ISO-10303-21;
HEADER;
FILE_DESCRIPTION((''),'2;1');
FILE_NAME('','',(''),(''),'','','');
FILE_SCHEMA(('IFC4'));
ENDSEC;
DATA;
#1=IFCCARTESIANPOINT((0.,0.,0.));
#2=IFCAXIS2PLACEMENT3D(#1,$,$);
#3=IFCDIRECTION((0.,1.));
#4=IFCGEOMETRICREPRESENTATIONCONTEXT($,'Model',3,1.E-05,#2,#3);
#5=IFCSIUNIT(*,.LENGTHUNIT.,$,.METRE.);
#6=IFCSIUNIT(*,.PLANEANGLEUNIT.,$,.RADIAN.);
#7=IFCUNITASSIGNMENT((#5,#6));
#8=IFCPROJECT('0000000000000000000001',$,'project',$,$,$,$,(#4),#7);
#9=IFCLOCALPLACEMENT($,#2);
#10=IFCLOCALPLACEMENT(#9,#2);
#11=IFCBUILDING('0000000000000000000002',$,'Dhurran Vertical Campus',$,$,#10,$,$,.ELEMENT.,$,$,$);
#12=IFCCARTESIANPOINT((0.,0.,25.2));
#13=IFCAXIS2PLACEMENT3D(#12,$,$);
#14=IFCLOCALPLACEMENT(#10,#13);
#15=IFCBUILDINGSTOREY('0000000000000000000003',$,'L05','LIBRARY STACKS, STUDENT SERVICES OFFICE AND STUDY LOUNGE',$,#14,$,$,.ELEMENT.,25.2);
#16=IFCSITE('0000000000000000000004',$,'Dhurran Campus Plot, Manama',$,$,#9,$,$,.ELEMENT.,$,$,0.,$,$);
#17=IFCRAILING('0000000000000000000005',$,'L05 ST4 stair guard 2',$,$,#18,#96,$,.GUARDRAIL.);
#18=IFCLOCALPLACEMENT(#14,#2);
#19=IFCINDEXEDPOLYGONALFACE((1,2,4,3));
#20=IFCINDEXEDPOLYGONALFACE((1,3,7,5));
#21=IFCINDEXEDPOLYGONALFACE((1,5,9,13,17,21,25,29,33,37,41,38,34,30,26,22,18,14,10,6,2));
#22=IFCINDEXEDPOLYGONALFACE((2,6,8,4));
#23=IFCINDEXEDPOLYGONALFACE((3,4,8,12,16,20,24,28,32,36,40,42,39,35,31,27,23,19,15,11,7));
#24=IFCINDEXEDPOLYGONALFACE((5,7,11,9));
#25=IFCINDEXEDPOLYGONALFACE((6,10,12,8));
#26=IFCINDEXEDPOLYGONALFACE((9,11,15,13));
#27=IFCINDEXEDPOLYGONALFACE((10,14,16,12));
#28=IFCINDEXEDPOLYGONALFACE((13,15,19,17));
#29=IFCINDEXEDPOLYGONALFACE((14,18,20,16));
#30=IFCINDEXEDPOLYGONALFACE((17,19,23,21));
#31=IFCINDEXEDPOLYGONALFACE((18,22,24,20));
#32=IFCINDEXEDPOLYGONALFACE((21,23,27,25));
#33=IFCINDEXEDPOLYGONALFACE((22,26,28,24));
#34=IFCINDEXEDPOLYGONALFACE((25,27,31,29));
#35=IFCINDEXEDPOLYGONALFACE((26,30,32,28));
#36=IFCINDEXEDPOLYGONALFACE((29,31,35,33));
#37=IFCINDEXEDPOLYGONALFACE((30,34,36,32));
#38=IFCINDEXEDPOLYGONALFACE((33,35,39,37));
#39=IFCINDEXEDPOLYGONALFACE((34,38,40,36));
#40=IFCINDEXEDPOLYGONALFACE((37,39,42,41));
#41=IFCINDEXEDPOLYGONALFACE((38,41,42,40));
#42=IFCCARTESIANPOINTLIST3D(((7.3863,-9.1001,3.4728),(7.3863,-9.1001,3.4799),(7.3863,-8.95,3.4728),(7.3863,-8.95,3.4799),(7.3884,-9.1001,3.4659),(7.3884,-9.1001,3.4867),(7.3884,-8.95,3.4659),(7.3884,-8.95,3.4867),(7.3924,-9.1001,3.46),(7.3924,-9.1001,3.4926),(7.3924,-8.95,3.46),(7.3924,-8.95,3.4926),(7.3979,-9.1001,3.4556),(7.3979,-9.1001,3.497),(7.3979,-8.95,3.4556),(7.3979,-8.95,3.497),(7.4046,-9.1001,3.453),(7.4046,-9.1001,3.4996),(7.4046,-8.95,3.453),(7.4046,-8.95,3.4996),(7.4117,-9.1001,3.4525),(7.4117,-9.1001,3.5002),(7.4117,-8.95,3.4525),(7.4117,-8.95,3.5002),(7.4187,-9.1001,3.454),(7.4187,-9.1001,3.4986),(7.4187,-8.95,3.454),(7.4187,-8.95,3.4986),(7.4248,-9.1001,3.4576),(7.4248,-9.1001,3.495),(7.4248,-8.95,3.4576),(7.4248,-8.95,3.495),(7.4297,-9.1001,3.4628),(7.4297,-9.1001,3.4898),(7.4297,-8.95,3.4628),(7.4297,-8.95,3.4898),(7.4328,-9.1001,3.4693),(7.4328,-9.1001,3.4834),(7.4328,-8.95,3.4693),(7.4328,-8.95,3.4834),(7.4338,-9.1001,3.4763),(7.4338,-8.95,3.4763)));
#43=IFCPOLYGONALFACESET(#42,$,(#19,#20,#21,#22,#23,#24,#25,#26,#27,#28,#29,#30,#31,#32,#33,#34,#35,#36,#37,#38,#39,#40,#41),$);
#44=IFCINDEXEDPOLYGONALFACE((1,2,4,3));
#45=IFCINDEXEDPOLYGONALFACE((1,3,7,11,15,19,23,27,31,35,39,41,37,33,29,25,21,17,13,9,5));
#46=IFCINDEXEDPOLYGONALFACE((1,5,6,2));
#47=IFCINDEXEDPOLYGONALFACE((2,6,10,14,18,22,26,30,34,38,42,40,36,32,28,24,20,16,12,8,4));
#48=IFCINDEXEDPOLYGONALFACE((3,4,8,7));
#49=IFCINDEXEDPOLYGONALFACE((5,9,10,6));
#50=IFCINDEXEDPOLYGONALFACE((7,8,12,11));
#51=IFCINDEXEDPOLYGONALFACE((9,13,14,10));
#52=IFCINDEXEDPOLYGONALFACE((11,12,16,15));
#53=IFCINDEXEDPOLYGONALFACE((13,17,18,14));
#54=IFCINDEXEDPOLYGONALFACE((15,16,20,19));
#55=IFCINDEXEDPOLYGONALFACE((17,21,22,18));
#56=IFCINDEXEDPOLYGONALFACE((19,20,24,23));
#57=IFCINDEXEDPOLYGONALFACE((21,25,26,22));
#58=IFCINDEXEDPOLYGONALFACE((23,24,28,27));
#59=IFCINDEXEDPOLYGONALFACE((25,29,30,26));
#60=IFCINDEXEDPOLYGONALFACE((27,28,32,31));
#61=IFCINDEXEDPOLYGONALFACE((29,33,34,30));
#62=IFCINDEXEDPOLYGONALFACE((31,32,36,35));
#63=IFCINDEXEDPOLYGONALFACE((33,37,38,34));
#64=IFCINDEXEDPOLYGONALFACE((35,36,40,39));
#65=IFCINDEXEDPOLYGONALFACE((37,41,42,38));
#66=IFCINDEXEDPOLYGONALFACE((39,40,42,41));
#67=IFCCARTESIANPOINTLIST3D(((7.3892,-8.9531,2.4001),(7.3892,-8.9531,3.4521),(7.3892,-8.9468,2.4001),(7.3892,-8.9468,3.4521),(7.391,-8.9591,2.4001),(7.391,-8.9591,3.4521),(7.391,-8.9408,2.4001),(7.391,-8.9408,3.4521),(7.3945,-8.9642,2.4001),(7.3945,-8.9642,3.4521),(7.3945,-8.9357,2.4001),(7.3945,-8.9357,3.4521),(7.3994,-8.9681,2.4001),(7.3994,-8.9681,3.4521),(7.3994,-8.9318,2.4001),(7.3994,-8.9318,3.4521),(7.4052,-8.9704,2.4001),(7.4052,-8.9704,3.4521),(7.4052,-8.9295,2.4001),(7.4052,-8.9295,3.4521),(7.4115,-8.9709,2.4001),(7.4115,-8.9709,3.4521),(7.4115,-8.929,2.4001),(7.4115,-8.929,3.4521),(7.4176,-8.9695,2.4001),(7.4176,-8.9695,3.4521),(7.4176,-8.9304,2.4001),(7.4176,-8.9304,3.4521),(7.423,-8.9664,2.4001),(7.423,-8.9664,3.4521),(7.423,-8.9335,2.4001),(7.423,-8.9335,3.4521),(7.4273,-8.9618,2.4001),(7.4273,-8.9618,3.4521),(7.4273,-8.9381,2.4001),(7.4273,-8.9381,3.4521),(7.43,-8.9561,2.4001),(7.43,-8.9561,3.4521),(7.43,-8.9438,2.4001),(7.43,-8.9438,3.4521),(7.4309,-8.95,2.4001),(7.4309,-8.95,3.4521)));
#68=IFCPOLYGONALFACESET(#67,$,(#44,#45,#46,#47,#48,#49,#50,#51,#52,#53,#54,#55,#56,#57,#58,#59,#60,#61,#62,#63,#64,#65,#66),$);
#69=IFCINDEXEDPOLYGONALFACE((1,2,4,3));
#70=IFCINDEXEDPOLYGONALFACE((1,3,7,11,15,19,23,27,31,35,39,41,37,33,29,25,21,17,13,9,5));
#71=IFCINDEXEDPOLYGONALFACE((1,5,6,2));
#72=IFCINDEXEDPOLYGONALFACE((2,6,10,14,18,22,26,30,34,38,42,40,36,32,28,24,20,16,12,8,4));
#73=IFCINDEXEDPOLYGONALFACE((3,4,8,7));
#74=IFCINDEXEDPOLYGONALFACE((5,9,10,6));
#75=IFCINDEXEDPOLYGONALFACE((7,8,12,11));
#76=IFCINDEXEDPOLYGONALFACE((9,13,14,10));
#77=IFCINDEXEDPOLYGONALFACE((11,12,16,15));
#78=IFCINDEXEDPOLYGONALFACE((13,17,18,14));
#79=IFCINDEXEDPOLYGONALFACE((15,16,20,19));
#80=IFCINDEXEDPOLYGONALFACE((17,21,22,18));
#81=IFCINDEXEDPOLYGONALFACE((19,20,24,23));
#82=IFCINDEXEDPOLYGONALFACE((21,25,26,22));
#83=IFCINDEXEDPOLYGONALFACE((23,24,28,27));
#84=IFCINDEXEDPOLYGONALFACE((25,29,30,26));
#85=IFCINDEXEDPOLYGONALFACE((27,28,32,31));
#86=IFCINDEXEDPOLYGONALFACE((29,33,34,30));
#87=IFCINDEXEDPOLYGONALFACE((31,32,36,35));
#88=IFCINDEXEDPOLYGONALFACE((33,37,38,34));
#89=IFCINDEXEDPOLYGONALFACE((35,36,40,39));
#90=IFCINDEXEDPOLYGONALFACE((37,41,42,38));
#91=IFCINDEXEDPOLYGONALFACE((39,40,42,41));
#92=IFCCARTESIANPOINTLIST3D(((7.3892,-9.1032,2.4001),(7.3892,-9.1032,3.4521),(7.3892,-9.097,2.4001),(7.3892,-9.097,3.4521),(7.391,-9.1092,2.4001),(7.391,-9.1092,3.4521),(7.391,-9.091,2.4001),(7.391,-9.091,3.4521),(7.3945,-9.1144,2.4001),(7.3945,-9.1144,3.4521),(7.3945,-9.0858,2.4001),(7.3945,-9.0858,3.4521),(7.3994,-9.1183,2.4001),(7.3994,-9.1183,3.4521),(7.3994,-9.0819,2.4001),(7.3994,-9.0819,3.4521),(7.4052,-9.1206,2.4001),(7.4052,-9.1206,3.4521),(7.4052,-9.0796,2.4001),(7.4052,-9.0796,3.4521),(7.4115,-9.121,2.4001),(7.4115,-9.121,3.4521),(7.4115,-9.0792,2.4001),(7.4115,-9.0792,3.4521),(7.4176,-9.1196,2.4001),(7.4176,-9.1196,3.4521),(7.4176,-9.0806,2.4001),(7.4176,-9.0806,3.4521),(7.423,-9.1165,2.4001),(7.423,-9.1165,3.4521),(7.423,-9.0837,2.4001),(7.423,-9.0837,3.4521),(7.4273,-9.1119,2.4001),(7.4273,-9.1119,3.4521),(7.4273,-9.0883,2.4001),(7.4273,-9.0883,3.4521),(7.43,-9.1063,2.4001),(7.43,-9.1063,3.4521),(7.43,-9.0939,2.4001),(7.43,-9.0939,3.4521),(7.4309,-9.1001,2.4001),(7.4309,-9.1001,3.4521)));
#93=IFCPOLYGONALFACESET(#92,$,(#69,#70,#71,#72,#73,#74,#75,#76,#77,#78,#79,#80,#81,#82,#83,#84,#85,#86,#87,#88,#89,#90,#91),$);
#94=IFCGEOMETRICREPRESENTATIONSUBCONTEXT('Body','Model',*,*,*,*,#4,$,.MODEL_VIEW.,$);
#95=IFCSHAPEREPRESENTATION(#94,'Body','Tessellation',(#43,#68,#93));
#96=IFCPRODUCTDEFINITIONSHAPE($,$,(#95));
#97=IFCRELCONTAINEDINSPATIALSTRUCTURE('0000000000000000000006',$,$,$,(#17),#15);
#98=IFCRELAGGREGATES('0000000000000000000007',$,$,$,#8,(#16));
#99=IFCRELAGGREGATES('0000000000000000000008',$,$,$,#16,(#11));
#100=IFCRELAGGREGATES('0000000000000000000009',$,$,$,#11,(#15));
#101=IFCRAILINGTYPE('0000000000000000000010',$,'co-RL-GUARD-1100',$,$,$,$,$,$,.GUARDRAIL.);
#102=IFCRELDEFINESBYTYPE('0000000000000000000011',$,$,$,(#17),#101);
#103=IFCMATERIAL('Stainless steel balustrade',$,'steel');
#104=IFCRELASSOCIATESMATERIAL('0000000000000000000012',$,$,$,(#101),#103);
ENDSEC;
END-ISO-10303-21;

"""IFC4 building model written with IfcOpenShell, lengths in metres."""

from ifc_helpers import new_model, si_unit, direction, frame, origin, origin_2d, place, context, subcontext, project, spatial, circle, extrude, material, type_object, element, save


model = new_model("IFC4")

# Units and contexts
model_context = context("Model", 3, precision=1e-05, world=origin(), true_north=direction((0.0, 1.0)))
body_context = subcontext(model_context, "Body", "Model", "MODEL_VIEW")
ifc_project = project(units=[si_unit("LENGTHUNIT", "METRE"), si_unit("PLANEANGLEUNIT", "RADIAN")], contexts=[model_context])

# Site, building, storey
site_placement = place(None, origin())
site = spatial("IfcSite", under=ifc_project, at=site_placement, Name="Dhurran Campus Plot, Manama", CompositionType="ELEMENT", RefElevation=0.0)
building_placement = place(site_placement, origin())
building = spatial("IfcBuilding", under=site, at=building_placement, Name="Dhurran Vertical Campus", CompositionType="ELEMENT")
storey_placement = place(building_placement, frame((0.0, 0.0, 25.2)))
storey = spatial("IfcBuildingStorey", under=building, at=storey_placement, Name="L05", Description="LIBRARY STACKS, STUDENT SERVICES OFFICE AND STUDY LOUNGE", CompositionType="ELEMENT", Elevation=25.2)

# Railing
ifc_material_1 = material(Name="Stainless steel balustrade", Category="steel")
railing_type_1 = type_object("IfcRailingType", Name="co-RL-GUARD-1100", PredefinedType="GUARDRAIL", material=ifc_material_1)
railing_1_placement = place(storey_placement, frame((7.4099, -8.95, 2.4001)))
element("IfcRailing", 1, at=railing_1_placement, inside=storey, type_object=railing_type_1, Name="L05 ST4 stair guard 2", PredefinedType="GUARDRAIL", context=body_context, shape_type="SweptSolid", body=[
    extrude(circle(Radius=0.0239, at=origin_2d()), frame((0.0, 0.0, 1.0762), z_axis=(0.0, -1.0, 0.0), x_axis=(1.0, 0.0, 0.0)), (0.0, 0.0, 1.0), 0.1501),
    extrude(circle(Radius=0.021, at=origin_2d()), origin(), (0.0, 0.0, 1.0), 1.052),
    extrude(circle(Radius=0.021, at=origin_2d()), frame((0.0, -0.1501, 0.0)), (0.0, 0.0, 1.0), 1.052),
])

save(model, "model.ifc")
